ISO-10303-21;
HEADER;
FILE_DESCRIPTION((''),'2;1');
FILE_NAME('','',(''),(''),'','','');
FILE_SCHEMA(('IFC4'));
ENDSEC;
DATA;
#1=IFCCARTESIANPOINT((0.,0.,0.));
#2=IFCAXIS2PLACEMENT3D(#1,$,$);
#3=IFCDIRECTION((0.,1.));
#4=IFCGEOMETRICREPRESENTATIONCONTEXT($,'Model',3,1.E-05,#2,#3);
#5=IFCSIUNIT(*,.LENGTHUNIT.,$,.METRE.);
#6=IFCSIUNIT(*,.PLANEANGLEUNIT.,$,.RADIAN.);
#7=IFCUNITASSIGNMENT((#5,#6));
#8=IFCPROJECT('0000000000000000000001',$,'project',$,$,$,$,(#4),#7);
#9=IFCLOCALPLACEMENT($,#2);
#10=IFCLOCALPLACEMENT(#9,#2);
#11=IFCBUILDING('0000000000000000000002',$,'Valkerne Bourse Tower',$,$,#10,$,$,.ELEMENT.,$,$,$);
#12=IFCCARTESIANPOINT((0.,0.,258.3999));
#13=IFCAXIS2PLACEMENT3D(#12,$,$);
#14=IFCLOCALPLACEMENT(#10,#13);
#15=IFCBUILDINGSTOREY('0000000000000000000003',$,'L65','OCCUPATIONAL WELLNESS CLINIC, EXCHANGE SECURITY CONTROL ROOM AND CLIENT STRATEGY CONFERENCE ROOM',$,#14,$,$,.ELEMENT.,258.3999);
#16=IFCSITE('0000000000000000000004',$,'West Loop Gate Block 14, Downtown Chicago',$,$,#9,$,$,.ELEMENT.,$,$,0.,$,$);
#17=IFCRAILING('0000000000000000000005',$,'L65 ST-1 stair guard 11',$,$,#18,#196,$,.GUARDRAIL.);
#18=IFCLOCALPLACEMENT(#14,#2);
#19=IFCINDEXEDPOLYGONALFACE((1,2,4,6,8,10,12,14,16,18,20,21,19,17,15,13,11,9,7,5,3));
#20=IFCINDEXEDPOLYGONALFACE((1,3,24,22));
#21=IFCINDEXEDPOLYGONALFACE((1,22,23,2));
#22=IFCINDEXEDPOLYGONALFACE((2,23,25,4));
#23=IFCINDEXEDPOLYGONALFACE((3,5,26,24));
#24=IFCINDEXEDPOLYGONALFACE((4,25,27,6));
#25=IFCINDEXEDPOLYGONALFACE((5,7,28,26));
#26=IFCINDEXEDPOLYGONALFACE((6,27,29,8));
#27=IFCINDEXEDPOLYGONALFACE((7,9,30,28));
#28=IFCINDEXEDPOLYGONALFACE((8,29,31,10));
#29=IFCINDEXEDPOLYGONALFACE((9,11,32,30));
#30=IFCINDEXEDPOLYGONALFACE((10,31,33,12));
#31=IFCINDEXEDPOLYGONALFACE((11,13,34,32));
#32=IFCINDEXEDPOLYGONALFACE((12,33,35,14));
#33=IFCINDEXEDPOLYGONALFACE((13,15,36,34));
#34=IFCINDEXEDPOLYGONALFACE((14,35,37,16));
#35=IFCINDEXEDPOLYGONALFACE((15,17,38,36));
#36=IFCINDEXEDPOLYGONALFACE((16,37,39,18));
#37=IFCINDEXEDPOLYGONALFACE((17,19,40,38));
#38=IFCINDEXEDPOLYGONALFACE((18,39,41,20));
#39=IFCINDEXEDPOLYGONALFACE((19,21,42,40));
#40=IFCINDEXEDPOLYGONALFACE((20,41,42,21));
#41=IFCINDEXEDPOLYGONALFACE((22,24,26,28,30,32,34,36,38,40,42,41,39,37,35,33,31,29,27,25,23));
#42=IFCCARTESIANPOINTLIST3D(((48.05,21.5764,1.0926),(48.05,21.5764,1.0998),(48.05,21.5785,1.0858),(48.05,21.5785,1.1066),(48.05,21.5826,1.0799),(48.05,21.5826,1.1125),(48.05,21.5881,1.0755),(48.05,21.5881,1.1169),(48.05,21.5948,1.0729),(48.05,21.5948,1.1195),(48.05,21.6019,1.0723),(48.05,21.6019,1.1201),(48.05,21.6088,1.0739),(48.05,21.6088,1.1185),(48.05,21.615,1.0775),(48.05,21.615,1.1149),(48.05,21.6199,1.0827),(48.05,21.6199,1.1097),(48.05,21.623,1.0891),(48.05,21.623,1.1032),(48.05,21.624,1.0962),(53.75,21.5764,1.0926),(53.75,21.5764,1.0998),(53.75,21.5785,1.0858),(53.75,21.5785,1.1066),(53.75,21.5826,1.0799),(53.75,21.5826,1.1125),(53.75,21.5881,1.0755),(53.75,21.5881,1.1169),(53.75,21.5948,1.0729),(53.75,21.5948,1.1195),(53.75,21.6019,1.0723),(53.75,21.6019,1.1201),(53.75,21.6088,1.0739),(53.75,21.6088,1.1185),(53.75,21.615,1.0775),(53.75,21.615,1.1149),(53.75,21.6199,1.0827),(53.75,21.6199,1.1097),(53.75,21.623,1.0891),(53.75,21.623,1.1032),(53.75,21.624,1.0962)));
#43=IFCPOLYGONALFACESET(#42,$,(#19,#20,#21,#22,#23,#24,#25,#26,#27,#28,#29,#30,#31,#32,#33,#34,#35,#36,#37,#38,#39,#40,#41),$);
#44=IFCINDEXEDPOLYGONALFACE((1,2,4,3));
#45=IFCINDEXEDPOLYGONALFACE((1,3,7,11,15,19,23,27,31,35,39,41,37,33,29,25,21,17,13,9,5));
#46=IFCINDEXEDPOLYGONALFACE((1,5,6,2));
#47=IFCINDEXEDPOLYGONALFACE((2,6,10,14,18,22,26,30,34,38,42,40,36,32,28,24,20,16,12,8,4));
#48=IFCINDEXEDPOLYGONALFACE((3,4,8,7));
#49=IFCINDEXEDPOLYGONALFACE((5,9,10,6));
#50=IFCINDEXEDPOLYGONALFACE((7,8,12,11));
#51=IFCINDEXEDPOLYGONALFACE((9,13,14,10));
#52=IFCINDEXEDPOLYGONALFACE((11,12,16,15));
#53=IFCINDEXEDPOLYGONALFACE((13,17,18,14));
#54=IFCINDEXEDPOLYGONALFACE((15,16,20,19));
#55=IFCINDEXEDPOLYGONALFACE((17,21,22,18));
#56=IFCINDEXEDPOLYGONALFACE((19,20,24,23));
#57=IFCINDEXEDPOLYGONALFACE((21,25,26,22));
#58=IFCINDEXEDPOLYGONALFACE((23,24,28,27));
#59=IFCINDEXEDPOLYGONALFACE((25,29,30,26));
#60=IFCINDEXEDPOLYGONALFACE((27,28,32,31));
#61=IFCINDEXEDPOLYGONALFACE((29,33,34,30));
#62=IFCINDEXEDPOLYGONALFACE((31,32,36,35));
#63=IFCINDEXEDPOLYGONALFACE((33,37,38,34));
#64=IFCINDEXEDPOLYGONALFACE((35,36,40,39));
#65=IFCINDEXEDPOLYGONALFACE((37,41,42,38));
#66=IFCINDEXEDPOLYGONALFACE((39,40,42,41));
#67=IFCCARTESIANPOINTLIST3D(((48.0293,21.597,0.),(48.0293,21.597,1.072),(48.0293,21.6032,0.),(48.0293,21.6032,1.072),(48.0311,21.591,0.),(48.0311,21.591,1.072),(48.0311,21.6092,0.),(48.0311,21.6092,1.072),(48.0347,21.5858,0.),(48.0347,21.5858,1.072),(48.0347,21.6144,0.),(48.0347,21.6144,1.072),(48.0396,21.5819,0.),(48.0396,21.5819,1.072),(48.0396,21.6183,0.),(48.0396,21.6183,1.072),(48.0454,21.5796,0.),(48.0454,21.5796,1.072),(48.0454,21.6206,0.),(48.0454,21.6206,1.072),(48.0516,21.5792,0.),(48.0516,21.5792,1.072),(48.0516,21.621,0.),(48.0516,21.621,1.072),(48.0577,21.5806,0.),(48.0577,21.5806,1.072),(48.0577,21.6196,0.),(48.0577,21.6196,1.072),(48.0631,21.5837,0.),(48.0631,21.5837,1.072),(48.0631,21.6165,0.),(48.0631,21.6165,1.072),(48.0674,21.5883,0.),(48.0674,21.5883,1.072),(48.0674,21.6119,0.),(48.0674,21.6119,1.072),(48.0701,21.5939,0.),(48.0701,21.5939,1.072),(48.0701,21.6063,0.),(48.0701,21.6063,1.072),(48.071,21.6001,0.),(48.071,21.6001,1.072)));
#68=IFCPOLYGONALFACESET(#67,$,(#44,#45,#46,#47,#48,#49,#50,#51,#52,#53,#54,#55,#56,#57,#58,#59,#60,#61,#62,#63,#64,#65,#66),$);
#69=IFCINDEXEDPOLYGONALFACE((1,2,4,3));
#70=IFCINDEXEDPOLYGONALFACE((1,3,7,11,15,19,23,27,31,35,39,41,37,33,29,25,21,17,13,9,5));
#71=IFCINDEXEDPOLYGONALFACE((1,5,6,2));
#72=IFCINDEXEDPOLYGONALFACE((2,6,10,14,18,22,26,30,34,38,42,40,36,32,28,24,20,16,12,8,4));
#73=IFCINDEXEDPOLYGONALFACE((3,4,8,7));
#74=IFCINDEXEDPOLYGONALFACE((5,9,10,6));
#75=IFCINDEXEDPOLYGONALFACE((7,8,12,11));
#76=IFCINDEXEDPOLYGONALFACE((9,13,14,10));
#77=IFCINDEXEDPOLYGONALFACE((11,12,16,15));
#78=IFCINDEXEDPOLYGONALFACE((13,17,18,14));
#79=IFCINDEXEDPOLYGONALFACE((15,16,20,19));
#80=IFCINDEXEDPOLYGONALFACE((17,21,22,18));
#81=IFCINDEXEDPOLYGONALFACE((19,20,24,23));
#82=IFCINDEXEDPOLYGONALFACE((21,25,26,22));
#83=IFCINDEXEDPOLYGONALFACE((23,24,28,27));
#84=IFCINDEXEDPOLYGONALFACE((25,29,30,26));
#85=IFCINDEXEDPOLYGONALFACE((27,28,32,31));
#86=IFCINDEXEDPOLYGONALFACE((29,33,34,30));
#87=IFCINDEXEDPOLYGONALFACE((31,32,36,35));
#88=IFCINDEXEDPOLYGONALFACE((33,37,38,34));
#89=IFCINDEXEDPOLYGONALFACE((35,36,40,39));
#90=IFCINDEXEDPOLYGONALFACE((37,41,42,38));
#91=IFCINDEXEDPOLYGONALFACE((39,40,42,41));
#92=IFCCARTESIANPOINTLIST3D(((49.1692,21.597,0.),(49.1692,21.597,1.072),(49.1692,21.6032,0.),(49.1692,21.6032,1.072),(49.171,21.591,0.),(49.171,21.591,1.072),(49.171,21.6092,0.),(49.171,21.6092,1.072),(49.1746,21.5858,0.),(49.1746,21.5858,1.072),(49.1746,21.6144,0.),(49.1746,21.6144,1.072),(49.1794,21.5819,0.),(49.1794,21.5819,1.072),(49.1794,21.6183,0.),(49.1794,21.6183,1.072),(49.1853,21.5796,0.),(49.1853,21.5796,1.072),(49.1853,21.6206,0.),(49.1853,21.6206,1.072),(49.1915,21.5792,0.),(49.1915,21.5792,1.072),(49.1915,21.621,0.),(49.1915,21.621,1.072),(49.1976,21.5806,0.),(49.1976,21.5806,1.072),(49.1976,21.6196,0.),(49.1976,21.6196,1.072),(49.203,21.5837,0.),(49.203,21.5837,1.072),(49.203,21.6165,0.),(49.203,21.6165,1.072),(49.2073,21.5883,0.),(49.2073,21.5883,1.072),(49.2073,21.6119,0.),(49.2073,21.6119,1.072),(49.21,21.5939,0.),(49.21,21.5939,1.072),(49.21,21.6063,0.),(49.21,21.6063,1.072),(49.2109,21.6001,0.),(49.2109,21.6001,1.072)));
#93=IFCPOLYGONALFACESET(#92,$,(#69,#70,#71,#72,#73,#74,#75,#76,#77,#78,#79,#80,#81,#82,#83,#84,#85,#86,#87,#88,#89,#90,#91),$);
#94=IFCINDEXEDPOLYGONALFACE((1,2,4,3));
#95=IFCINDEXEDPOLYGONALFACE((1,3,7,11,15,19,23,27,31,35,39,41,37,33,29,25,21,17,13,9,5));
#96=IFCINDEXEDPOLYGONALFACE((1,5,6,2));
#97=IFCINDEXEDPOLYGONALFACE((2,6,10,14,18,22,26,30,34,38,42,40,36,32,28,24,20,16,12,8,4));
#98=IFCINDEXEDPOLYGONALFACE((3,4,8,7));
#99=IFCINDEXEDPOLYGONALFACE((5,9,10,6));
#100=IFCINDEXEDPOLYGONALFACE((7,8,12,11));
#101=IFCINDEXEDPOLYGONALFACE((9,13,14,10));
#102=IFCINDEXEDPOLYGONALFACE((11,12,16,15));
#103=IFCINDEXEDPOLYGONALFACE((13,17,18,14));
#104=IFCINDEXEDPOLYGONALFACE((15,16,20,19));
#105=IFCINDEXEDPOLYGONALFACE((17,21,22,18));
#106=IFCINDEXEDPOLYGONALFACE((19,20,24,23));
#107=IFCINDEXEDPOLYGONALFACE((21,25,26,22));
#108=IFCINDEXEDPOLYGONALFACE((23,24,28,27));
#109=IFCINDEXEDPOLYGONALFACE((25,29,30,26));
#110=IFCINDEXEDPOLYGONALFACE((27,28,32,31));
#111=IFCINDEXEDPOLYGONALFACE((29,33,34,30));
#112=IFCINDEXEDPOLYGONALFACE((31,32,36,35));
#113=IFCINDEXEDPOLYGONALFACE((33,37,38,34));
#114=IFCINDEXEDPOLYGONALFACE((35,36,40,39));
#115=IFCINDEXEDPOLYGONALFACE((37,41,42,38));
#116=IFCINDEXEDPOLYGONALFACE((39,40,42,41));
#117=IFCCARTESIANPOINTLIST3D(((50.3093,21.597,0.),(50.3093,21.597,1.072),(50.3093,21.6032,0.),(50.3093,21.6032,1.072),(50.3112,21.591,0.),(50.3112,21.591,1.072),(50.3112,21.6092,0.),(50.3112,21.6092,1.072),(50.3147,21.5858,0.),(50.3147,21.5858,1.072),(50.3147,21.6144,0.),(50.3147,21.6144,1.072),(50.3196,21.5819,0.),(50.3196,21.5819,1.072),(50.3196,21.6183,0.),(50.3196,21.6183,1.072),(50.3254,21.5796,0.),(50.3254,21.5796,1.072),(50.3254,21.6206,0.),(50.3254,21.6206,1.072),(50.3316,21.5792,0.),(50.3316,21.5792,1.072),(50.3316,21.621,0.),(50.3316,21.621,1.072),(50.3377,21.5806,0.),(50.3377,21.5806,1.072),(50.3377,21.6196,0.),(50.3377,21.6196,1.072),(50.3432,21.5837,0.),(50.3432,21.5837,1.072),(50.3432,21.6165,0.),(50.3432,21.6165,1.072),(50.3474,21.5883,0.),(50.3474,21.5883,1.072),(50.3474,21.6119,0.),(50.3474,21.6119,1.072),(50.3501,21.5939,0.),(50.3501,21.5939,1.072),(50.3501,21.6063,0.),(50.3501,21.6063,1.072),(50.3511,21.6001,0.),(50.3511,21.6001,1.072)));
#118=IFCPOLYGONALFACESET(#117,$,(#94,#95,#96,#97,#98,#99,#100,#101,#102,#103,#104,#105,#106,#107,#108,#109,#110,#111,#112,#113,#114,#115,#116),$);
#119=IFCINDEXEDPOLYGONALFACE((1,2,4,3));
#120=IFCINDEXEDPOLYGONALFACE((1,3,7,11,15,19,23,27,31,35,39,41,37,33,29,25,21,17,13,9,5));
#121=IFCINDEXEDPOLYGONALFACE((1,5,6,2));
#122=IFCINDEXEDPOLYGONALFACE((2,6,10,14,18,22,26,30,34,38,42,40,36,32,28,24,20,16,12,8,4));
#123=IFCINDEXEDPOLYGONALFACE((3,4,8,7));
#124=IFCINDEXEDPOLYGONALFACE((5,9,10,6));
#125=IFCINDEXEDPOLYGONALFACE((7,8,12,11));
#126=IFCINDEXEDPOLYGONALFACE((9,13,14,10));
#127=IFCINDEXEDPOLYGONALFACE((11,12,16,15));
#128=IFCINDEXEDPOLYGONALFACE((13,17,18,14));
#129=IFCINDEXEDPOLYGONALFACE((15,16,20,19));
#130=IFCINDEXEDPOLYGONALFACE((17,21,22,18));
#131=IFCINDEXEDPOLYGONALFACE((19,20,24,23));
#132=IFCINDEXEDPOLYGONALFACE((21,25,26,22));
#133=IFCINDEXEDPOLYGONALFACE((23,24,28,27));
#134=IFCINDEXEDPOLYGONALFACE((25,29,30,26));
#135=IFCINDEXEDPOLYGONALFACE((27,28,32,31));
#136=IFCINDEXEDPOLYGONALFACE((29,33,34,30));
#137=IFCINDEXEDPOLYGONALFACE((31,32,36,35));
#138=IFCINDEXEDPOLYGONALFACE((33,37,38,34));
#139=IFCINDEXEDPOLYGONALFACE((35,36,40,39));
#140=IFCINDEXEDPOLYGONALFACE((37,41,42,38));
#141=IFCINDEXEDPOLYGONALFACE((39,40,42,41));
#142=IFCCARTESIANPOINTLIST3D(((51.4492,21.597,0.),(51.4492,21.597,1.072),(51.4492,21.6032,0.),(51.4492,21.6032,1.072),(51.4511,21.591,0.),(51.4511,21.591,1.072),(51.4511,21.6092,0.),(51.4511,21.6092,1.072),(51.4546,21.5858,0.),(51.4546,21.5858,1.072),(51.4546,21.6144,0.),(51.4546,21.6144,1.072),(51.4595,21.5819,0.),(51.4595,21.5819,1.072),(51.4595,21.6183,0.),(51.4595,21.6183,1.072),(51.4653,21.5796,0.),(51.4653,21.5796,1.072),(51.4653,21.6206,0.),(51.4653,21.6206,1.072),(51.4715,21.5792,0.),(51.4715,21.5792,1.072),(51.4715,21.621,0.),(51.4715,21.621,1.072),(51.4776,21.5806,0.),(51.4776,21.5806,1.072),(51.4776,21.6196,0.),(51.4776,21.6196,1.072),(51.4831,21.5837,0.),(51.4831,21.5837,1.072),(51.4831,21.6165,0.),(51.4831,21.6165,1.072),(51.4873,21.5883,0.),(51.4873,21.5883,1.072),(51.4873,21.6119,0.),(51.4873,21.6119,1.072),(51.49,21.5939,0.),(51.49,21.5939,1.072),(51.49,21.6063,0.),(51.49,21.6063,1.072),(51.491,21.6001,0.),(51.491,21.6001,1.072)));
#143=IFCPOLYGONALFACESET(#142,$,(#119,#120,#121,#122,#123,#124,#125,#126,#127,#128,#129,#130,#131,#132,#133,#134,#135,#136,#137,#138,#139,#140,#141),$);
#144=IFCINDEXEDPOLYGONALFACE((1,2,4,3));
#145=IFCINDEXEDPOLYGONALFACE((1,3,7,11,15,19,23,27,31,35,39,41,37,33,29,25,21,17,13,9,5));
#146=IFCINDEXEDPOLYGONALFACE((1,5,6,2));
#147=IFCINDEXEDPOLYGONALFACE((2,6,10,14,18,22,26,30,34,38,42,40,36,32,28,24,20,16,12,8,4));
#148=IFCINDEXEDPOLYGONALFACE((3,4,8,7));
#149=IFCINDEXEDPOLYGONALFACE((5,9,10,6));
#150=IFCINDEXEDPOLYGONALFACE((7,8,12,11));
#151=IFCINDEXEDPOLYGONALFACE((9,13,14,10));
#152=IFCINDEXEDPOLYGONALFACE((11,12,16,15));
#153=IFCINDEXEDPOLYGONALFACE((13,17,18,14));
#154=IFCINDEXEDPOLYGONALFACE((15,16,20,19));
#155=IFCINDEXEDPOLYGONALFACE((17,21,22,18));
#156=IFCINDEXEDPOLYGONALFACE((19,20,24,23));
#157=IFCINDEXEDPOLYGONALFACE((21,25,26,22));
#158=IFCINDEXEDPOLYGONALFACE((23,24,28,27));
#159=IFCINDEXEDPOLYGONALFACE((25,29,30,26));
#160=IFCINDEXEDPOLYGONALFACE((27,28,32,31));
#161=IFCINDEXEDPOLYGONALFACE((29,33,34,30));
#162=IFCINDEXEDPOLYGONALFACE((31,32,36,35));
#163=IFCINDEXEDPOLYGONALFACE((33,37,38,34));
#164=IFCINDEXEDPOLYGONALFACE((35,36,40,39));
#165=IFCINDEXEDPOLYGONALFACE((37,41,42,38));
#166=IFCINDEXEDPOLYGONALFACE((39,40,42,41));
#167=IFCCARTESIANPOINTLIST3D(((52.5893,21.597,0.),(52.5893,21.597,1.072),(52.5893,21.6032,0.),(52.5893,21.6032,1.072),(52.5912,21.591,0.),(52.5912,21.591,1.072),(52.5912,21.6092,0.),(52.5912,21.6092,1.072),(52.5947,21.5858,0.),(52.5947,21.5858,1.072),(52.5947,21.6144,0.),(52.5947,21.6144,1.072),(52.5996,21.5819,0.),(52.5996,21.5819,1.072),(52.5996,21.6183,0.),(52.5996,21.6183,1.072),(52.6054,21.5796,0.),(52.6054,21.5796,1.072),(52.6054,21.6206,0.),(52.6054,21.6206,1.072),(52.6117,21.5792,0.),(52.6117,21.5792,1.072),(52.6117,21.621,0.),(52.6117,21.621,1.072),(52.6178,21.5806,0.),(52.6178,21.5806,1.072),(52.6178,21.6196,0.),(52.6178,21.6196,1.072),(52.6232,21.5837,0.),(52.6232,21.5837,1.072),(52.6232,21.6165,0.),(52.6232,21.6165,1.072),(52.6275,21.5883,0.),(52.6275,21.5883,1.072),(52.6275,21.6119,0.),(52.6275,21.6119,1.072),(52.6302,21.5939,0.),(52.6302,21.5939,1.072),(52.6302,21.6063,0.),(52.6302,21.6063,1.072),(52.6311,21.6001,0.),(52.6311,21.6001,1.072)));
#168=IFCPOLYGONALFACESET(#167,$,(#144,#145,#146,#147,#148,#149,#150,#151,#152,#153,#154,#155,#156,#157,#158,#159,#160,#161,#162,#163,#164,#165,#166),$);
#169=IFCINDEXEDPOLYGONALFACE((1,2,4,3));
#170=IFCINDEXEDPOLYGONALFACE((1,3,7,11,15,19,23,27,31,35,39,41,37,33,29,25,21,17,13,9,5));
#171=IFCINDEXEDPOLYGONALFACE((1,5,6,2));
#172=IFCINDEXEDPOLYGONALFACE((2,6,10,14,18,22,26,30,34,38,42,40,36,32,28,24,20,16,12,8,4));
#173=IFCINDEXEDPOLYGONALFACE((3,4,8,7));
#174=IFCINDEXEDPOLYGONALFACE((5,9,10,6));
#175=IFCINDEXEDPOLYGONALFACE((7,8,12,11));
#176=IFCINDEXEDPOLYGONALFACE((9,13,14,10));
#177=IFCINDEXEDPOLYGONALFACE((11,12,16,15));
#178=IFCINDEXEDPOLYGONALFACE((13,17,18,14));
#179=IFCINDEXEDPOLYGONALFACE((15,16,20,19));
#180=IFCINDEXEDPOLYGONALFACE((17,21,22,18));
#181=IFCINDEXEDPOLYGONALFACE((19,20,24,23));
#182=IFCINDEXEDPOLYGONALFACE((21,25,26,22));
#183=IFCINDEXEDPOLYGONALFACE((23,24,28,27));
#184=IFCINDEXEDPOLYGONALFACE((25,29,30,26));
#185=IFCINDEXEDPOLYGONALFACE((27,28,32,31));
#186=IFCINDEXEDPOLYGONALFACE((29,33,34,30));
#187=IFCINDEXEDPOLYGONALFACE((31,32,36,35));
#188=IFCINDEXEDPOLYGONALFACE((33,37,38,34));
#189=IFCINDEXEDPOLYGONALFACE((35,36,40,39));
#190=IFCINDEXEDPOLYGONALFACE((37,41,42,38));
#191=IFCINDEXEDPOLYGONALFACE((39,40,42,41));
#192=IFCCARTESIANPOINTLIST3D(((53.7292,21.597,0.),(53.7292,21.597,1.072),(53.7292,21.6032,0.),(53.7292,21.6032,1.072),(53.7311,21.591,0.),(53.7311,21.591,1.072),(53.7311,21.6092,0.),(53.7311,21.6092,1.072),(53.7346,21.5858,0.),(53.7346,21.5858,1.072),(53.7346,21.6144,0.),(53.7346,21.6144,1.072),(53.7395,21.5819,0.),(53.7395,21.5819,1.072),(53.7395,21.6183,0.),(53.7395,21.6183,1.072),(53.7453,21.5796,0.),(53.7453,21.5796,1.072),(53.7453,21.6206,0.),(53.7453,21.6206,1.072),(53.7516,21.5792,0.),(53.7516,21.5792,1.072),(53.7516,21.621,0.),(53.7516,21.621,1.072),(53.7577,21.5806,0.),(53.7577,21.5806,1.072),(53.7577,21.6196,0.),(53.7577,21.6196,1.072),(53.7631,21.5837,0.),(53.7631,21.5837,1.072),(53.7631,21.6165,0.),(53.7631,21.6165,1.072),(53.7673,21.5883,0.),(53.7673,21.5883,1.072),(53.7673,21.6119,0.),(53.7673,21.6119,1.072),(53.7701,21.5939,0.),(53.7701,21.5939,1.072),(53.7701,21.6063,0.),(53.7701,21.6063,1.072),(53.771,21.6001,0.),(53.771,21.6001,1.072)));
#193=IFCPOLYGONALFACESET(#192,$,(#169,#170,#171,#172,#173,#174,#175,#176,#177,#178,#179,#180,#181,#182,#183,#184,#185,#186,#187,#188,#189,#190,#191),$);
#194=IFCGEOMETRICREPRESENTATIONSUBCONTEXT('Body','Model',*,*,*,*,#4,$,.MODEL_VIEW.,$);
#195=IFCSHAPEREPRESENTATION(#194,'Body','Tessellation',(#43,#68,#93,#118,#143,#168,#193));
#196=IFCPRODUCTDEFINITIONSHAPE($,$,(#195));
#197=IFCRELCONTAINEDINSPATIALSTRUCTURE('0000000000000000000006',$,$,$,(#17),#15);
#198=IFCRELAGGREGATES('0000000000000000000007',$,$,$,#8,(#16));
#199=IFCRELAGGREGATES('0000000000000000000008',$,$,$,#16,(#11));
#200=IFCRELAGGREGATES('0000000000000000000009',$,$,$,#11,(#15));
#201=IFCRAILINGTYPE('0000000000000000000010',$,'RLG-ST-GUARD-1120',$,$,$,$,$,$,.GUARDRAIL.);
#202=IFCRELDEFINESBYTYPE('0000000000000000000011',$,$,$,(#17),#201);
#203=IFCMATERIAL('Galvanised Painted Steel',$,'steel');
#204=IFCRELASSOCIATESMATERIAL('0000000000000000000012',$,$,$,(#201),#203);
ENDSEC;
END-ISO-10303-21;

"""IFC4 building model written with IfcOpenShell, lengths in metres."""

from ifc_helpers import new_model, si_unit, direction, frame, origin, origin_2d, place, context, subcontext, project, spatial, circle, extrude, material, type_object, element, save


model = new_model("IFC4")

# Units and contexts
model_context = context("Model", 3, precision=1e-05, world=origin(), true_north=direction((0.0, 1.0)))
body_context = subcontext(model_context, "Body", "Model", "MODEL_VIEW")
ifc_project = project(units=[si_unit("LENGTHUNIT", "METRE"), si_unit("PLANEANGLEUNIT", "RADIAN")], contexts=[model_context])

# Site, building, storey
site_placement = place(None, origin())
site = spatial("IfcSite", under=ifc_project, at=site_placement, Name="West Loop Gate Block 14, Downtown Chicago", CompositionType="ELEMENT", RefElevation=0.0)
building_placement = place(site_placement, origin())
building = spatial("IfcBuilding", under=site, at=building_placement, Name="Valkerne Bourse Tower", CompositionType="ELEMENT")
storey_placement = place(building_placement, frame((0.0, 0.0, 258.3999)))
storey = spatial("IfcBuildingStorey", under=building, at=storey_placement, Name="L65", Description="OCCUPATIONAL WELLNESS CLINIC, EXCHANGE SECURITY CONTROL ROOM AND CLIENT STRATEGY CONFERENCE ROOM", CompositionType="ELEMENT", Elevation=258.3999)

# Shared definitions
ifc_material_1 = material(Name="Galvanised Painted Steel", Category="steel")

# Railing
railing_type_1 = type_object("IfcRailingType", Name="RLG-ST-GUARD-1120", PredefinedType="GUARDRAIL", material=ifc_material_1)
railing_1_placement = place(storey_placement, frame((48.05, 21.6001, 0.0)))
element("IfcRailing", 1, at=railing_1_placement, inside=storey, type_object=railing_type_1, Name="L65 ST-1 stair guard 11", PredefinedType="GUARDRAIL", context=body_context, shape_type="SweptSolid", body=[
    extrude(circle(Radius=0.0239, at=origin_2d()), frame((0.0, 0.0, 1.0962), z_axis=(1.0, 0.0, 0.0), x_axis=(0.0, 1.0, 0.0)), (0.0, 0.0, 1.0), 5.7),
    extrude(circle(Radius=0.021, at=origin_2d()), origin(), (0.0, 0.0, 1.0), 1.072),
    extrude(circle(Radius=0.021, at=origin_2d()), frame((1.1399, 0.0, 0.0)), (0.0, 0.0, 1.0), 1.072),
    extrude(circle(Radius=0.021, at=origin_2d()), frame((2.28, 0.0, 0.0)), (0.0, 0.0, 1.0), 1.072),
    extrude(circle(Radius=0.021, at=origin_2d()), frame((3.4199, 0.0, 0.0)), (0.0, 0.0, 1.0), 1.072),
    extrude(circle(Radius=0.021, at=origin_2d()), frame((4.5601, 0.0, 0.0)), (0.0, 0.0, 1.0), 1.072),
    extrude(circle(Radius=0.021, at=origin_2d()), frame((5.7, 0.0, 0.0)), (0.0, 0.0, 1.0), 1.072),
])

save(model, "model.ifc")
